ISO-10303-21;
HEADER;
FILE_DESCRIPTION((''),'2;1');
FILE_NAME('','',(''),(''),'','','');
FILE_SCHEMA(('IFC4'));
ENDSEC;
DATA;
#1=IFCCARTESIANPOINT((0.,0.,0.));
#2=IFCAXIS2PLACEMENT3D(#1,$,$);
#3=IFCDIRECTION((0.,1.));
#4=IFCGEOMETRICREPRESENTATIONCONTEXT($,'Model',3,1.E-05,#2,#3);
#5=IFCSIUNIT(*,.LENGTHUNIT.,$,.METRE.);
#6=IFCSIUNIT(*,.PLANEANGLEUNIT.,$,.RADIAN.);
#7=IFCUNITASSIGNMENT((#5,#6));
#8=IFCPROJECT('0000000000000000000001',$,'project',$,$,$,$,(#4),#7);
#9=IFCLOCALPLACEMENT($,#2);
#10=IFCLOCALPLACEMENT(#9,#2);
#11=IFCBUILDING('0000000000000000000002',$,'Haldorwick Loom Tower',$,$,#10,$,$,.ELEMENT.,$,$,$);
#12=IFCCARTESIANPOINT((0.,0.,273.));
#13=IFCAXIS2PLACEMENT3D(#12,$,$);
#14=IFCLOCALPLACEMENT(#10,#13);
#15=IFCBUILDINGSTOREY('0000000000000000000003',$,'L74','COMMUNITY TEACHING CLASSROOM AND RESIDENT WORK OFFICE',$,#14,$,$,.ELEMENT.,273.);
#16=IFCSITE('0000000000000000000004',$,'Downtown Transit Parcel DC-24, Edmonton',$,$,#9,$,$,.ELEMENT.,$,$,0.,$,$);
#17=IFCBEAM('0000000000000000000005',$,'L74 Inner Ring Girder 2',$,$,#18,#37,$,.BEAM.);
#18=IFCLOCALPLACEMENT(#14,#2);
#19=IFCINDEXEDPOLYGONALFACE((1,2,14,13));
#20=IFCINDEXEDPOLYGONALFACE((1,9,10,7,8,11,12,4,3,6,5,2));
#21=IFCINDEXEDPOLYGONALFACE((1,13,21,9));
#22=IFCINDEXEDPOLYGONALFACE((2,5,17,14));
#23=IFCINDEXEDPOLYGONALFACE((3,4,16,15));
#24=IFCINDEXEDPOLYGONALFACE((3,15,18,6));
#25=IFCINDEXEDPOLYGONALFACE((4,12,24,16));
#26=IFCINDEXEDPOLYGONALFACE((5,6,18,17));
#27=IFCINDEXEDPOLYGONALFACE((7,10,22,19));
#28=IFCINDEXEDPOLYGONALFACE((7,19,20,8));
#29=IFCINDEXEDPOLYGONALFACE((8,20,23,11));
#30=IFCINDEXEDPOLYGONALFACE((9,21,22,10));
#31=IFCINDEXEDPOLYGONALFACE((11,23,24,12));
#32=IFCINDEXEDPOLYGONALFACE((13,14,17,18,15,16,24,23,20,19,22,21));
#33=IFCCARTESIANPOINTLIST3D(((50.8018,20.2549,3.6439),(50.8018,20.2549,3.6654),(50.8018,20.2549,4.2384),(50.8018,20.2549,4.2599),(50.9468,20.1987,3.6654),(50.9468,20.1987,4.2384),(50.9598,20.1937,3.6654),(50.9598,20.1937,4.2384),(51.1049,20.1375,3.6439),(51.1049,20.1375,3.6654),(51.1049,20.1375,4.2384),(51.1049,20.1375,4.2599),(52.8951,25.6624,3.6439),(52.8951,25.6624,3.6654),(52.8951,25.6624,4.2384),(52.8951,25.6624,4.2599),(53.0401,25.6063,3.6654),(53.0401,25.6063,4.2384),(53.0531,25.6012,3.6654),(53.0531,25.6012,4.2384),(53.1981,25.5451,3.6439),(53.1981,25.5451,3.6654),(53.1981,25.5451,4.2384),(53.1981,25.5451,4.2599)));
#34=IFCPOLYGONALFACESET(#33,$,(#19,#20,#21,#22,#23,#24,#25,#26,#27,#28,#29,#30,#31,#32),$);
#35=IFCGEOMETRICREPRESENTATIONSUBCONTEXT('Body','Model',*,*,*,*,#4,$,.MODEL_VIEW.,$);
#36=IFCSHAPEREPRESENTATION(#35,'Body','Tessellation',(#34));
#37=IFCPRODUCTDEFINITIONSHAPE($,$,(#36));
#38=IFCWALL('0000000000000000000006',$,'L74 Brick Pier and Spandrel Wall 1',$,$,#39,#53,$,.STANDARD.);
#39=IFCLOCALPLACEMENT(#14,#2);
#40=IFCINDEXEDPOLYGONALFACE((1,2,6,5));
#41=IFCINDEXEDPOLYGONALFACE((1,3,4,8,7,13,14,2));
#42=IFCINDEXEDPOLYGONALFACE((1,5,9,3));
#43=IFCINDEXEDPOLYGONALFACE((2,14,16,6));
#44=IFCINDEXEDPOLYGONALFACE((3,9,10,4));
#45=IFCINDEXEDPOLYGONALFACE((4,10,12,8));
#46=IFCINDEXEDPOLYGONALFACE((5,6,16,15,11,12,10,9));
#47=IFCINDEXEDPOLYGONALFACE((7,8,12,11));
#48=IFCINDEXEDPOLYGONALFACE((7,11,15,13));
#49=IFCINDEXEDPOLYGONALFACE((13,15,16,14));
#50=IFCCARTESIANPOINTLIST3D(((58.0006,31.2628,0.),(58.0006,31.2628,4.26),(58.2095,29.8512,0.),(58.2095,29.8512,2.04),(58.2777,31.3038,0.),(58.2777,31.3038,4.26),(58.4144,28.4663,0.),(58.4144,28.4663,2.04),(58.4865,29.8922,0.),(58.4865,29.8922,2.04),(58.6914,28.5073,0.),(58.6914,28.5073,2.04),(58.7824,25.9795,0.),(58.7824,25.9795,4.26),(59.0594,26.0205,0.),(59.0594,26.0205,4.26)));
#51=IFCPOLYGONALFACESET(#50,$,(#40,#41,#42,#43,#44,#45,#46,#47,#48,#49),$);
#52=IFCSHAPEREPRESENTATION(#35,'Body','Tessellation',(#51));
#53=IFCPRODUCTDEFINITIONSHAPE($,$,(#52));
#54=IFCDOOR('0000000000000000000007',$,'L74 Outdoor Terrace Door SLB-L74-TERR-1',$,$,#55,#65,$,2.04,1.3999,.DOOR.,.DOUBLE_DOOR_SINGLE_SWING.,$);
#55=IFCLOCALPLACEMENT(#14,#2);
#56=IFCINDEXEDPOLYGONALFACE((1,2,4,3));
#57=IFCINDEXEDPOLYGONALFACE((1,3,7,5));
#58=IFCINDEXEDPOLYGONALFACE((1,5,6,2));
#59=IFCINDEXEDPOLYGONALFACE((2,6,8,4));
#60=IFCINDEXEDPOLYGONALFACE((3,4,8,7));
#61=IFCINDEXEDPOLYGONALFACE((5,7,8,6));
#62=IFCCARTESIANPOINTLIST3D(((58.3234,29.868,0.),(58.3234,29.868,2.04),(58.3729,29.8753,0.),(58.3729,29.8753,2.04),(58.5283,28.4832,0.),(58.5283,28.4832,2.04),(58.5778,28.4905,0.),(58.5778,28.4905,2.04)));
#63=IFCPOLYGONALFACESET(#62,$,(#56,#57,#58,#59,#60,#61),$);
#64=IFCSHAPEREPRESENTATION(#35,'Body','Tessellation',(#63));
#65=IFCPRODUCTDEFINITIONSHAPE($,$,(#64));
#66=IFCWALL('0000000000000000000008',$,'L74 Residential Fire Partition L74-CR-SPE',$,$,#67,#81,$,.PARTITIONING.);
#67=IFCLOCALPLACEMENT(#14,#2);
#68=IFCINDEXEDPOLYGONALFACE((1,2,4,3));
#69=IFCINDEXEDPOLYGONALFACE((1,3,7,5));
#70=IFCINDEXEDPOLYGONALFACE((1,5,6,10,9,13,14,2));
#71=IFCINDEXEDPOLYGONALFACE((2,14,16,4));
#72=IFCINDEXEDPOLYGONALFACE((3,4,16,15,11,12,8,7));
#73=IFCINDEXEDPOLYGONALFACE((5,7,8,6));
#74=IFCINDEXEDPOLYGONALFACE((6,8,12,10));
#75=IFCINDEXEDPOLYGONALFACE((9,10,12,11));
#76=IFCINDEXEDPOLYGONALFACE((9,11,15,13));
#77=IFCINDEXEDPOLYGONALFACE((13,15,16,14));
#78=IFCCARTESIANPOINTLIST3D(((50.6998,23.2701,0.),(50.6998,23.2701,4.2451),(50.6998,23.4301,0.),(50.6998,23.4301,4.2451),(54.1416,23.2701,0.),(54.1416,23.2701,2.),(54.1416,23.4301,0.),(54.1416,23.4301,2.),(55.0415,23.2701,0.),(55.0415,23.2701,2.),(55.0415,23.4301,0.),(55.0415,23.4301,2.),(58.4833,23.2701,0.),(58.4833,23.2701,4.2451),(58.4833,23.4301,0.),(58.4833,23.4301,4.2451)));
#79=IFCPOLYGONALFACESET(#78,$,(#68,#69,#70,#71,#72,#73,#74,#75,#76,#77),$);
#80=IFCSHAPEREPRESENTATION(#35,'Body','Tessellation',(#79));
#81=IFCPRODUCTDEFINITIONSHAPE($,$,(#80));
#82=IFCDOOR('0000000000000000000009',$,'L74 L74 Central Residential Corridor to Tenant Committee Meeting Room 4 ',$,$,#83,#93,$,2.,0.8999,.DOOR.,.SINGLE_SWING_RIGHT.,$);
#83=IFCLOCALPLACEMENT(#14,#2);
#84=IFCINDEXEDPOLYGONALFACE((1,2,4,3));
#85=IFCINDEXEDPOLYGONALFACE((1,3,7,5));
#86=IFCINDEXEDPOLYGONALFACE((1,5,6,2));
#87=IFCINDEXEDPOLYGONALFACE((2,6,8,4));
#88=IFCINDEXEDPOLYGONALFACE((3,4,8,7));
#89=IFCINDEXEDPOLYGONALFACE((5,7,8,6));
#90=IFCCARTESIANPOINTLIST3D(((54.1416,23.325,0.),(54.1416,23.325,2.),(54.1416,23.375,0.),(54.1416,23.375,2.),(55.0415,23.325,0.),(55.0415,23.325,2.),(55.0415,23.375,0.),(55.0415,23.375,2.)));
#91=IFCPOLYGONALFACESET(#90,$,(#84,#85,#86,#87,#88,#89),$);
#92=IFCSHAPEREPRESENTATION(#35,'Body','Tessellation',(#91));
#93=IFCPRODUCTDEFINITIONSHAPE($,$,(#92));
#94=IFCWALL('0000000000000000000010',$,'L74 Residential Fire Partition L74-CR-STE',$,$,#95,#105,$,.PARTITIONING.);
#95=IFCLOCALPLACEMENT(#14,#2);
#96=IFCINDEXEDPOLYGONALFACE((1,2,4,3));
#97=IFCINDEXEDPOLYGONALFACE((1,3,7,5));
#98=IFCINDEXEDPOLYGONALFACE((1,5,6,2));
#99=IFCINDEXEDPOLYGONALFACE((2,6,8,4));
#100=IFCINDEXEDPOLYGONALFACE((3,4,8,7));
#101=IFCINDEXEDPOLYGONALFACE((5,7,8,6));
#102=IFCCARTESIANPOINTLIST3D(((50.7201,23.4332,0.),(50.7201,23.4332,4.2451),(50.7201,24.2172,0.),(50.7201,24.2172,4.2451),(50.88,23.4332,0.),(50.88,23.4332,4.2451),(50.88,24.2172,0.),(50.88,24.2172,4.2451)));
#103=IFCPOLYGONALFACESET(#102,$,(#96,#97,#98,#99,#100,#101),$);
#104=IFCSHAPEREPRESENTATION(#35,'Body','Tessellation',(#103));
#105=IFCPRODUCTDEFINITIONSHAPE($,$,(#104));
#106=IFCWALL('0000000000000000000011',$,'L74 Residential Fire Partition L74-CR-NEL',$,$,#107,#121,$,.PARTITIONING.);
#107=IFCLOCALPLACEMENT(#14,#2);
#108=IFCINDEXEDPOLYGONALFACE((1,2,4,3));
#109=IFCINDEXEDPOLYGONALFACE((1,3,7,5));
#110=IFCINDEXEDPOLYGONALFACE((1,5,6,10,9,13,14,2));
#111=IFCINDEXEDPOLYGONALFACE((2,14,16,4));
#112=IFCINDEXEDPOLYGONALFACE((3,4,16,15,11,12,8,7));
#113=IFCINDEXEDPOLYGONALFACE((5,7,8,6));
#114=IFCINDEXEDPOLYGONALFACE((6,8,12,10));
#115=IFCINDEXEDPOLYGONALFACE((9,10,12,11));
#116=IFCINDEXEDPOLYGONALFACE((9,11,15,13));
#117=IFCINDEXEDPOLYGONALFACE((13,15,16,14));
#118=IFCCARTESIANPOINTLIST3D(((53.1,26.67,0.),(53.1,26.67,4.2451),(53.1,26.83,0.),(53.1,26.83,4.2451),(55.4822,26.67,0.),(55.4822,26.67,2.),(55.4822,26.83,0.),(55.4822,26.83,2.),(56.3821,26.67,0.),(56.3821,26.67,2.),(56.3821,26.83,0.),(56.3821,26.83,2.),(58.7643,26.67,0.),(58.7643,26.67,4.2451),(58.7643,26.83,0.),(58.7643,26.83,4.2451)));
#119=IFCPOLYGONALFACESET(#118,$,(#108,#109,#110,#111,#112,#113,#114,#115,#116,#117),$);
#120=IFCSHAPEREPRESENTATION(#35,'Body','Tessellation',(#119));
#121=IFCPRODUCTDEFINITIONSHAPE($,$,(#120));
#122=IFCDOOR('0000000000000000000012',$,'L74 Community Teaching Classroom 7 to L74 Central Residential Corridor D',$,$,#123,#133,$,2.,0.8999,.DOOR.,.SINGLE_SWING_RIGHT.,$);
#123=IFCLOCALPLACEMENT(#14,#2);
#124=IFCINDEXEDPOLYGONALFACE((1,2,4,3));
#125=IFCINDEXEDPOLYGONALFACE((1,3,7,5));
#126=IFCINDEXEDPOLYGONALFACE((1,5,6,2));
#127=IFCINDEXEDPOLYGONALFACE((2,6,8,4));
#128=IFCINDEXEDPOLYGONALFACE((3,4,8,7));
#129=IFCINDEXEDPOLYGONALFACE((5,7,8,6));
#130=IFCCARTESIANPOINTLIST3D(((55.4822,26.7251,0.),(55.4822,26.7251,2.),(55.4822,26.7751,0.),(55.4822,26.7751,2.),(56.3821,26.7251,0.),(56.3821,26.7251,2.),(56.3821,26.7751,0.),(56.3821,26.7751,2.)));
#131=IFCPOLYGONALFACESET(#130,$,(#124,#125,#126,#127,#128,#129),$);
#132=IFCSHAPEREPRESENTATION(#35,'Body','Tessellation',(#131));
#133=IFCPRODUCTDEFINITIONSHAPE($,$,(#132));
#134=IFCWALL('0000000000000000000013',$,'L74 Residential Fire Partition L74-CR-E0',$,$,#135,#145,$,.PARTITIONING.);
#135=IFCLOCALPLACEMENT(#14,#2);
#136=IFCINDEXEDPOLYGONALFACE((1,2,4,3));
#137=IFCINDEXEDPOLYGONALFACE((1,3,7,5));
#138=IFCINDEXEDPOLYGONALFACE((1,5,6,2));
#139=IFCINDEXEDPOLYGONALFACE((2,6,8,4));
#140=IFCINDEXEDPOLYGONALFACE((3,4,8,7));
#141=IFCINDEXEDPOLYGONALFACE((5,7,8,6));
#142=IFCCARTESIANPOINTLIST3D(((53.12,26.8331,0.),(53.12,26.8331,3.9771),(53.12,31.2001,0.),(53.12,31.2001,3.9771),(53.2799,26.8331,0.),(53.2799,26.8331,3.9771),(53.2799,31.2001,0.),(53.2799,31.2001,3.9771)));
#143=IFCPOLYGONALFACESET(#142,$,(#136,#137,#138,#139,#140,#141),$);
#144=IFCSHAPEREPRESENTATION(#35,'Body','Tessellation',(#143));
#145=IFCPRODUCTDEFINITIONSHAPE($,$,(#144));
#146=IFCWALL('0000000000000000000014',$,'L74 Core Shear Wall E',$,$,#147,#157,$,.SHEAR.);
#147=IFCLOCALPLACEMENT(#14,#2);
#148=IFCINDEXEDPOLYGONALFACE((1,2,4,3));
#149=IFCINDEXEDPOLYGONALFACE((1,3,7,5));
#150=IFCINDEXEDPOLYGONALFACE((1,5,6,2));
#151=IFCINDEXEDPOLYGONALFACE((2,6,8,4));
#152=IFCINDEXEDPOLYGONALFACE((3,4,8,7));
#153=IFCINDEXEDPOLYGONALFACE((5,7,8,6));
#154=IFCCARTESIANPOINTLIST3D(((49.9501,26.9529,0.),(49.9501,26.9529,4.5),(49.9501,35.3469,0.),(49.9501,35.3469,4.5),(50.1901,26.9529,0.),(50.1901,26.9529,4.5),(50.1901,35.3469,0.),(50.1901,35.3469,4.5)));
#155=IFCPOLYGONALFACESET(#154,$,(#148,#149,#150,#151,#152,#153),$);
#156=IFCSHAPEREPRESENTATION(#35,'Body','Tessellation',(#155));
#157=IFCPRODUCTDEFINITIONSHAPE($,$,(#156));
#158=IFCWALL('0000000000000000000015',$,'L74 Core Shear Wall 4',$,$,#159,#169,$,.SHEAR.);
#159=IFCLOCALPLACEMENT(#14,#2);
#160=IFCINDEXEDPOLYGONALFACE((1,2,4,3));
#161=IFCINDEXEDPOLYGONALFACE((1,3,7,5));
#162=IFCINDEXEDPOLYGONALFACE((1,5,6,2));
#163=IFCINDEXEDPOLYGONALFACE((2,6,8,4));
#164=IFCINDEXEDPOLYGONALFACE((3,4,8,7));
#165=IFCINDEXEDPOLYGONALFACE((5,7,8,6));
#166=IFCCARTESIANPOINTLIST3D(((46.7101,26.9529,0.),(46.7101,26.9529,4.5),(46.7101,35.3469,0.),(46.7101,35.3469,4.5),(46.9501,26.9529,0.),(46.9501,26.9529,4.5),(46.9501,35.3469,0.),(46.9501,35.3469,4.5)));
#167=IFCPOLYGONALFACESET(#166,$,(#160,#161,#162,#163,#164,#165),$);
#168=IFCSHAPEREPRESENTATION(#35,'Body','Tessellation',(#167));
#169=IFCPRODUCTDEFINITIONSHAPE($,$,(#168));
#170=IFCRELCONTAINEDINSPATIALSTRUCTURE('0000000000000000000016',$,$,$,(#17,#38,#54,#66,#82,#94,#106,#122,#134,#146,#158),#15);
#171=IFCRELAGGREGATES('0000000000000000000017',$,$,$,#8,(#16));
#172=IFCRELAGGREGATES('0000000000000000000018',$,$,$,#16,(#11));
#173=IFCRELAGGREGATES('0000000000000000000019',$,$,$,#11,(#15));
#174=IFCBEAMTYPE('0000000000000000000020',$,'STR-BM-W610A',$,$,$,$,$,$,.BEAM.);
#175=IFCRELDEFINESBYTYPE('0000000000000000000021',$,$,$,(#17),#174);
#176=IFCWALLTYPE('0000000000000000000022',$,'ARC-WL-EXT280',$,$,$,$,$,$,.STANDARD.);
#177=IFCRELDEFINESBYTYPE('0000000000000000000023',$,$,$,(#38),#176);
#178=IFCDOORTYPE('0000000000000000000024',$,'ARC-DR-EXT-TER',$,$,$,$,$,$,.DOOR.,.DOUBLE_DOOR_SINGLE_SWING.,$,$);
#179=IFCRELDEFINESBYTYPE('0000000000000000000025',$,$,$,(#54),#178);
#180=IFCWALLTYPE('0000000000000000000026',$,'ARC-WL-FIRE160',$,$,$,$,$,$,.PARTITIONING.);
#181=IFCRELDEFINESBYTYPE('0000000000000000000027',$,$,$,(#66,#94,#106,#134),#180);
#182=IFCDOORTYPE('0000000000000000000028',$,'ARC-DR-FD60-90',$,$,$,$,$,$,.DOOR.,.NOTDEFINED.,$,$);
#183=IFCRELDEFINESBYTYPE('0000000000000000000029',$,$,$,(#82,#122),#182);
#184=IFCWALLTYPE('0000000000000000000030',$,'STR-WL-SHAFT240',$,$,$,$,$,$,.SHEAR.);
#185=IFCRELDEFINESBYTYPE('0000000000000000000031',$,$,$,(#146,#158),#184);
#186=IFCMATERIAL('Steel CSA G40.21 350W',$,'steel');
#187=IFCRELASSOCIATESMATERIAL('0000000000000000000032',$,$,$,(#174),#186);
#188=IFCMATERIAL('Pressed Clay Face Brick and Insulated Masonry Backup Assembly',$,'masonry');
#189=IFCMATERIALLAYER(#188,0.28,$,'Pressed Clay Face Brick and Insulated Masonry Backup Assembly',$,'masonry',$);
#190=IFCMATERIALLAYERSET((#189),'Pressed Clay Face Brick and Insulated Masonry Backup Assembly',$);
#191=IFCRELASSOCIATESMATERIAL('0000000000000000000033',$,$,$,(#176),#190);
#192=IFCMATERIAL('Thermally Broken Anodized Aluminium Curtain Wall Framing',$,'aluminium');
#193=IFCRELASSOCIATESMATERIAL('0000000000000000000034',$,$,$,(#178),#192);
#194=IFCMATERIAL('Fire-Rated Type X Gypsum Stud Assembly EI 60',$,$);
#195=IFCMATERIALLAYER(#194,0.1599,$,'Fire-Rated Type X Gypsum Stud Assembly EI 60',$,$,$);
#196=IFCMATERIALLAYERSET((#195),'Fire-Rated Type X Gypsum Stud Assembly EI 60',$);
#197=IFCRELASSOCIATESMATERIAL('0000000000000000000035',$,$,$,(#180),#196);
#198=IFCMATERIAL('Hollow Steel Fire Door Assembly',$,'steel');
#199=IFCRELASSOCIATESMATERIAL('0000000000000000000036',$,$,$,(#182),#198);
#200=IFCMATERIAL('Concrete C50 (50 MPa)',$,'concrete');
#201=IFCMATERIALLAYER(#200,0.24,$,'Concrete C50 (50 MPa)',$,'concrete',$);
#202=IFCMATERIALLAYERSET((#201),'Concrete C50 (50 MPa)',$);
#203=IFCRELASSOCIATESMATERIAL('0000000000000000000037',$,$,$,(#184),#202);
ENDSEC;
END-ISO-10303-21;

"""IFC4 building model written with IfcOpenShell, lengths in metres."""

from ifc_helpers import new_model, si_unit, direction, frame, frame_2d, origin, origin_2d, place, context, subcontext, project, spatial, rectangle, i_section, extrude, material, layer, layer_set, material_profile, profile_set, type_object, element, fill, save


model = new_model("IFC4")

# Units and contexts
model_context = context("Model", 3, precision=1e-05, world=origin(), true_north=direction((0.0, 1.0)))
body_context = subcontext(model_context, "Body", "Model", "MODEL_VIEW")
ifc_project = project(units=[si_unit("LENGTHUNIT", "METRE"), si_unit("PLANEANGLEUNIT", "RADIAN")], contexts=[model_context])

# Site, building, storey
site_placement = place(None, origin())
site = spatial("IfcSite", under=ifc_project, at=site_placement, Name="Downtown Transit Parcel DC-24, Edmonton", CompositionType="ELEMENT", RefElevation=0.0)
building_placement = place(site_placement, origin())
building = spatial("IfcBuilding", under=site, at=building_placement, Name="Haldorwick Loom Tower", CompositionType="ELEMENT")
storey_placement = place(building_placement, frame((0.0, 0.0, 273.0)))
storey = spatial("IfcBuildingStorey", under=building, at=storey_placement, Name="L74", Description="COMMUNITY TEACHING CLASSROOM AND RESIDENT WORK OFFICE", CompositionType="ELEMENT", Elevation=273.0)

# Shared definitions
ifc_material_1 = material(Name="Concrete C50 (50 MPa)", Category="concrete")
ifc_material_2 = material(Name="Steel CSA G40.21 350W", Category="steel")

# Beam
ifc_material_profile_1 = material_profile(ifc_material_2, i_section(OverallWidth=0.325, OverallDepth=0.616, WebThickness=0.0139, FlangeThickness=0.0215, at=origin_2d()), Name="W610X174", Category="steel")
ifc_profile_set_1 = profile_set([ifc_material_profile_1], Name="Steel CSA G40.21 350W")
beam_type_1 = type_object("IfcBeamType", Name="STR-BM-W610A", PredefinedType="BEAM", material=ifc_profile_set_1)
beam_1_placement = place(storey_placement, frame((53.0466, 25.6038, 3.9519), z_axis=(-0.361001, -0.932565, 0.0), x_axis=(0.932565, -0.361001, 0.0)))
element("IfcBeam", 1, at=beam_1_placement, inside=storey, type_object=beam_type_1, Name="L74 Inner Ring Girder 2", PredefinedType="BEAM", context=body_context, shape_type="SweptSolid", body=[
    extrude(i_section(OverallWidth=0.325, OverallDepth=0.616, WebThickness=0.0139, FlangeThickness=0.0215, at=origin_2d()), origin(), (0.0, 0.0, 1.0), 5.7986),
])

# Walls, openings, doors
ifc_material_3 = material(Name="Pressed Clay Face Brick and Insulated Masonry Backup Assembly", Category="masonry")
ifc_layer_1 = layer(ifc_material_3, 0.28, Name="Pressed Clay Face Brick and Insulated Masonry Backup Assembly", Category="masonry")
ifc_layer_set_1 = layer_set([ifc_layer_1], Name="Pressed Clay Face Brick and Insulated Masonry Backup Assembly")
wall_type_1 = type_object("IfcWallType", Name="ARC-WL-EXT280", PredefinedType="STANDARD", material=ifc_layer_set_1)
wall_1_placement = place(storey_placement, frame((58.9209, 26.0, 0.0), z_axis=(0.0, 0.0, 1.0), x_axis=(-0.146373, 0.989229, 0.0)))
wall_1 = element("IfcWall", 2, at=wall_1_placement, inside=storey, type_object=wall_type_1, Name="L74 Brick Pier and Spandrel Wall 1", PredefinedType="STANDARD", context=body_context, shape_type="SweptSolid", body=[
    extrude(rectangle(XDim=5.3408, YDim=0.28, at=frame_2d((2.6704, 0.0))), origin(), (0.0, 0.0, 1.0), 4.26),
])
opening_1_placement = place(wall_1_placement, frame((2.5139, 0.0, 0.0)))
opening_1 = element("IfcOpeningElement", 3, at=opening_1_placement, cuts=wall_1, PredefinedType="OPENING", context=body_context, shape_type="SweptSolid", body=[
    extrude(rectangle(XDim=1.3999, YDim=2.04, at=frame_2d((0.7, 1.02))), frame((0.0, 0.1499, 0.0), z_axis=(0.0, -1.0, 0.0), x_axis=(1.0, 0.0, 0.0)), (0.0, 0.0, 1.0), 0.3),
])
ifc_material_4 = material(Name="Thermally Broken Anodized Aluminium Curtain Wall Framing", Category="aluminium")
door_type_1 = type_object("IfcDoorType", Name="ARC-DR-EXT-TER", OperationType="DOUBLE_DOOR_SINGLE_SWING", PredefinedType="DOOR", material=ifc_material_4)
door_1_placement = place(opening_1_placement, origin())
door_1 = element("IfcDoor", 4, at=door_1_placement, inside=storey, type_object=door_type_1, Name="L74 Outdoor Terrace Door SLB-L74-TERR-1", OperationType="DOUBLE_DOOR_SINGLE_SWING", OverallHeight=2.04, OverallWidth=1.3999, PredefinedType="DOOR", context=body_context, shape_type="SweptSolid", body=[
    extrude(rectangle(XDim=1.3999, YDim=2.04, at=frame_2d((0.7, 1.02))), frame((0.0, 0.0249, 0.0), z_axis=(0.0, -1.0, 0.0), x_axis=(1.0, 0.0, 0.0)), (0.0, 0.0, 1.0), 0.05),
])
fill(opening_1, door_1)
ifc_material_5 = material(Name="Fire-Rated Type X Gypsum Stud Assembly EI 60")
ifc_layer_2 = layer(ifc_material_5, 0.1599, Name="Fire-Rated Type X Gypsum Stud Assembly EI 60")
ifc_layer_set_2 = layer_set([ifc_layer_2], Name="Fire-Rated Type X Gypsum Stud Assembly EI 60")
wall_type_2 = type_object("IfcWallType", Name="ARC-WL-FIRE160", PredefinedType="PARTITIONING", material=ifc_layer_set_2)
wall_2_placement = place(storey_placement, frame((50.7, 23.3501, 0.0), z_axis=(0.0, 0.0, 1.0), x_axis=(1.0, 0.0, 0.0)))
wall_2 = element("IfcWall", 5, at=wall_2_placement, inside=storey, type_object=wall_type_2, Name="L74 Residential Fire Partition L74-CR-SPE", PredefinedType="PARTITIONING", context=body_context, shape_type="SweptSolid", body=[
    extrude(rectangle(XDim=7.7834, YDim=0.1599, at=frame_2d((3.8916, 0.0))), origin(), (0.0, 0.0, 1.0), 4.2451),
])
opening_2_placement = place(wall_2_placement, frame((3.4417, 0.0, 0.0)))
opening_2 = element("IfcOpeningElement", 6, at=opening_2_placement, cuts=wall_2, PredefinedType="OPENING", context=body_context, shape_type="SweptSolid", body=[
    extrude(rectangle(XDim=0.8999, YDim=2.0, at=frame_2d((0.45, 1.0))), frame((0.0, 0.0898, 0.0), z_axis=(0.0, -1.0, 0.0), x_axis=(1.0, 0.0, 0.0)), (0.0, 0.0, 1.0), 0.1799),
])
ifc_material_6 = material(Name="Hollow Steel Fire Door Assembly", Category="steel")
door_type_2 = type_object("IfcDoorType", Name="ARC-DR-FD60-90", OperationType="NOTDEFINED", PredefinedType="DOOR", material=ifc_material_6)
door_2_placement = place(opening_2_placement, origin())
door_2 = element("IfcDoor", 7, at=door_2_placement, inside=storey, type_object=door_type_2, Name="L74 L74 Central Residential Corridor to Tenant Committee Meeting Room 4 ", OperationType="SINGLE_SWING_RIGHT", OverallHeight=2.0, OverallWidth=0.8999, PredefinedType="DOOR", context=body_context, shape_type="SweptSolid", body=[
    extrude(rectangle(XDim=0.8999, YDim=2.0, at=frame_2d((0.45, 1.0))), frame((0.0, 0.0249, 0.0), z_axis=(0.0, -1.0, 0.0), x_axis=(1.0, 0.0, 0.0)), (0.0, 0.0, 1.0), 0.05),
])
fill(opening_2, door_2)

# Wall
wall_3_placement = place(storey_placement, frame((50.8, 23.4331, 0.0), z_axis=(0.0, 0.0, 1.0), x_axis=(0.0, 1.0, 0.0)))
element("IfcWall", 8, at=wall_3_placement, inside=storey, type_object=wall_type_2, Name="L74 Residential Fire Partition L74-CR-STE", PredefinedType="PARTITIONING", context=body_context, shape_type="SweptSolid", body=[
    extrude(rectangle(XDim=0.7839, YDim=0.1599, at=frame_2d((0.3921, 0.0))), origin(), (0.0, 0.0, 1.0), 4.2451),
])

# Wall, opening, door
wall_4_placement = place(storey_placement, frame((53.1001, 26.75, 0.0), z_axis=(0.0, 0.0, 1.0), x_axis=(1.0, 0.0, 0.0)))
wall_4 = element("IfcWall", 9, at=wall_4_placement, inside=storey, type_object=wall_type_2, Name="L74 Residential Fire Partition L74-CR-NEL", PredefinedType="PARTITIONING", context=body_context, shape_type="SweptSolid", body=[
    extrude(rectangle(XDim=5.6643, YDim=0.1599, at=frame_2d((2.832, 0.0))), origin(), (0.0, 0.0, 1.0), 4.2451),
])
opening_3_placement = place(wall_4_placement, frame((2.3821, 0.0, 0.0)))
opening_3 = element("IfcOpeningElement", 10, at=opening_3_placement, cuts=wall_4, PredefinedType="OPENING", context=body_context, shape_type="SweptSolid", body=[
    extrude(rectangle(XDim=0.8999, YDim=2.0, at=frame_2d((0.45, 1.0))), frame((0.0, 0.0898, 0.0), z_axis=(0.0, -1.0, 0.0), x_axis=(1.0, 0.0, 0.0)), (0.0, 0.0, 1.0), 0.1799),
])
door_3_placement = place(opening_3_placement, frame((0.8999, 0.0, 0.0), z_axis=(0.0, 0.0, 1.0), x_axis=(-1.0, 0.0, 0.0)))
door_3 = element("IfcDoor", 11, at=door_3_placement, inside=storey, type_object=door_type_2, Name="L74 Community Teaching Classroom 7 to L74 Central Residential Corridor D", OperationType="SINGLE_SWING_RIGHT", OverallHeight=2.0, OverallWidth=0.8999, PredefinedType="DOOR", context=body_context, shape_type="SweptSolid", body=[
    extrude(rectangle(XDim=0.8999, YDim=2.0, at=frame_2d((0.45, 1.0))), frame((0.0, 0.0249, 0.0), z_axis=(0.0, -1.0, 0.0), x_axis=(1.0, 0.0, 0.0)), (0.0, 0.0, 1.0), 0.05),
])
fill(opening_3, door_3)

# Walls
wall_5_placement = place(storey_placement, frame((53.2, 26.833, 0.0), z_axis=(0.0, 0.0, 1.0), x_axis=(0.0, 1.0, 0.0)))
element("IfcWall", 12, at=wall_5_placement, inside=storey, type_object=wall_type_2, Name="L74 Residential Fire Partition L74-CR-E0", PredefinedType="PARTITIONING", context=body_context, shape_type="SweptSolid", body=[
    extrude(rectangle(XDim=4.3669, YDim=0.1599, at=frame_2d((2.1836, 0.0))), origin(), (0.0, 0.0, 1.0), 3.9771),
])
ifc_layer_3 = layer(ifc_material_1, 0.24, Name="Concrete C50 (50 MPa)", Category="concrete")
ifc_layer_set_3 = layer_set([ifc_layer_3], Name="Concrete C50 (50 MPa)")
wall_type_3 = type_object("IfcWallType", Name="STR-WL-SHAFT240", PredefinedType="SHEAR", material=ifc_layer_set_3)
for number, where, z_axis, x_axis, name in (
    (13, (50.0701, 26.9529, 0.0), (0.0, 0.0, 1.0), (0.0, 1.0, 0.0), "L74 Core Shear Wall E"),
    (14, (46.8301, 26.9529, 0.0), (0.0, 0.0, 1.0), (0.0, 1.0, 0.0), "L74 Core Shear Wall 4"),
):
    element("IfcWall", number, at=place(storey_placement, frame(where, z_axis=z_axis, x_axis=x_axis)), inside=storey, type_object=wall_type_3, Name=name, PredefinedType="SHEAR", context=body_context, shape_type="SweptSolid", body=[
        extrude(rectangle(XDim=8.394, YDim=0.24, at=frame_2d((4.197, 0.0))), origin(), (0.0, 0.0, 1.0), 4.5),
    ])

save(model, "model.ifc")
